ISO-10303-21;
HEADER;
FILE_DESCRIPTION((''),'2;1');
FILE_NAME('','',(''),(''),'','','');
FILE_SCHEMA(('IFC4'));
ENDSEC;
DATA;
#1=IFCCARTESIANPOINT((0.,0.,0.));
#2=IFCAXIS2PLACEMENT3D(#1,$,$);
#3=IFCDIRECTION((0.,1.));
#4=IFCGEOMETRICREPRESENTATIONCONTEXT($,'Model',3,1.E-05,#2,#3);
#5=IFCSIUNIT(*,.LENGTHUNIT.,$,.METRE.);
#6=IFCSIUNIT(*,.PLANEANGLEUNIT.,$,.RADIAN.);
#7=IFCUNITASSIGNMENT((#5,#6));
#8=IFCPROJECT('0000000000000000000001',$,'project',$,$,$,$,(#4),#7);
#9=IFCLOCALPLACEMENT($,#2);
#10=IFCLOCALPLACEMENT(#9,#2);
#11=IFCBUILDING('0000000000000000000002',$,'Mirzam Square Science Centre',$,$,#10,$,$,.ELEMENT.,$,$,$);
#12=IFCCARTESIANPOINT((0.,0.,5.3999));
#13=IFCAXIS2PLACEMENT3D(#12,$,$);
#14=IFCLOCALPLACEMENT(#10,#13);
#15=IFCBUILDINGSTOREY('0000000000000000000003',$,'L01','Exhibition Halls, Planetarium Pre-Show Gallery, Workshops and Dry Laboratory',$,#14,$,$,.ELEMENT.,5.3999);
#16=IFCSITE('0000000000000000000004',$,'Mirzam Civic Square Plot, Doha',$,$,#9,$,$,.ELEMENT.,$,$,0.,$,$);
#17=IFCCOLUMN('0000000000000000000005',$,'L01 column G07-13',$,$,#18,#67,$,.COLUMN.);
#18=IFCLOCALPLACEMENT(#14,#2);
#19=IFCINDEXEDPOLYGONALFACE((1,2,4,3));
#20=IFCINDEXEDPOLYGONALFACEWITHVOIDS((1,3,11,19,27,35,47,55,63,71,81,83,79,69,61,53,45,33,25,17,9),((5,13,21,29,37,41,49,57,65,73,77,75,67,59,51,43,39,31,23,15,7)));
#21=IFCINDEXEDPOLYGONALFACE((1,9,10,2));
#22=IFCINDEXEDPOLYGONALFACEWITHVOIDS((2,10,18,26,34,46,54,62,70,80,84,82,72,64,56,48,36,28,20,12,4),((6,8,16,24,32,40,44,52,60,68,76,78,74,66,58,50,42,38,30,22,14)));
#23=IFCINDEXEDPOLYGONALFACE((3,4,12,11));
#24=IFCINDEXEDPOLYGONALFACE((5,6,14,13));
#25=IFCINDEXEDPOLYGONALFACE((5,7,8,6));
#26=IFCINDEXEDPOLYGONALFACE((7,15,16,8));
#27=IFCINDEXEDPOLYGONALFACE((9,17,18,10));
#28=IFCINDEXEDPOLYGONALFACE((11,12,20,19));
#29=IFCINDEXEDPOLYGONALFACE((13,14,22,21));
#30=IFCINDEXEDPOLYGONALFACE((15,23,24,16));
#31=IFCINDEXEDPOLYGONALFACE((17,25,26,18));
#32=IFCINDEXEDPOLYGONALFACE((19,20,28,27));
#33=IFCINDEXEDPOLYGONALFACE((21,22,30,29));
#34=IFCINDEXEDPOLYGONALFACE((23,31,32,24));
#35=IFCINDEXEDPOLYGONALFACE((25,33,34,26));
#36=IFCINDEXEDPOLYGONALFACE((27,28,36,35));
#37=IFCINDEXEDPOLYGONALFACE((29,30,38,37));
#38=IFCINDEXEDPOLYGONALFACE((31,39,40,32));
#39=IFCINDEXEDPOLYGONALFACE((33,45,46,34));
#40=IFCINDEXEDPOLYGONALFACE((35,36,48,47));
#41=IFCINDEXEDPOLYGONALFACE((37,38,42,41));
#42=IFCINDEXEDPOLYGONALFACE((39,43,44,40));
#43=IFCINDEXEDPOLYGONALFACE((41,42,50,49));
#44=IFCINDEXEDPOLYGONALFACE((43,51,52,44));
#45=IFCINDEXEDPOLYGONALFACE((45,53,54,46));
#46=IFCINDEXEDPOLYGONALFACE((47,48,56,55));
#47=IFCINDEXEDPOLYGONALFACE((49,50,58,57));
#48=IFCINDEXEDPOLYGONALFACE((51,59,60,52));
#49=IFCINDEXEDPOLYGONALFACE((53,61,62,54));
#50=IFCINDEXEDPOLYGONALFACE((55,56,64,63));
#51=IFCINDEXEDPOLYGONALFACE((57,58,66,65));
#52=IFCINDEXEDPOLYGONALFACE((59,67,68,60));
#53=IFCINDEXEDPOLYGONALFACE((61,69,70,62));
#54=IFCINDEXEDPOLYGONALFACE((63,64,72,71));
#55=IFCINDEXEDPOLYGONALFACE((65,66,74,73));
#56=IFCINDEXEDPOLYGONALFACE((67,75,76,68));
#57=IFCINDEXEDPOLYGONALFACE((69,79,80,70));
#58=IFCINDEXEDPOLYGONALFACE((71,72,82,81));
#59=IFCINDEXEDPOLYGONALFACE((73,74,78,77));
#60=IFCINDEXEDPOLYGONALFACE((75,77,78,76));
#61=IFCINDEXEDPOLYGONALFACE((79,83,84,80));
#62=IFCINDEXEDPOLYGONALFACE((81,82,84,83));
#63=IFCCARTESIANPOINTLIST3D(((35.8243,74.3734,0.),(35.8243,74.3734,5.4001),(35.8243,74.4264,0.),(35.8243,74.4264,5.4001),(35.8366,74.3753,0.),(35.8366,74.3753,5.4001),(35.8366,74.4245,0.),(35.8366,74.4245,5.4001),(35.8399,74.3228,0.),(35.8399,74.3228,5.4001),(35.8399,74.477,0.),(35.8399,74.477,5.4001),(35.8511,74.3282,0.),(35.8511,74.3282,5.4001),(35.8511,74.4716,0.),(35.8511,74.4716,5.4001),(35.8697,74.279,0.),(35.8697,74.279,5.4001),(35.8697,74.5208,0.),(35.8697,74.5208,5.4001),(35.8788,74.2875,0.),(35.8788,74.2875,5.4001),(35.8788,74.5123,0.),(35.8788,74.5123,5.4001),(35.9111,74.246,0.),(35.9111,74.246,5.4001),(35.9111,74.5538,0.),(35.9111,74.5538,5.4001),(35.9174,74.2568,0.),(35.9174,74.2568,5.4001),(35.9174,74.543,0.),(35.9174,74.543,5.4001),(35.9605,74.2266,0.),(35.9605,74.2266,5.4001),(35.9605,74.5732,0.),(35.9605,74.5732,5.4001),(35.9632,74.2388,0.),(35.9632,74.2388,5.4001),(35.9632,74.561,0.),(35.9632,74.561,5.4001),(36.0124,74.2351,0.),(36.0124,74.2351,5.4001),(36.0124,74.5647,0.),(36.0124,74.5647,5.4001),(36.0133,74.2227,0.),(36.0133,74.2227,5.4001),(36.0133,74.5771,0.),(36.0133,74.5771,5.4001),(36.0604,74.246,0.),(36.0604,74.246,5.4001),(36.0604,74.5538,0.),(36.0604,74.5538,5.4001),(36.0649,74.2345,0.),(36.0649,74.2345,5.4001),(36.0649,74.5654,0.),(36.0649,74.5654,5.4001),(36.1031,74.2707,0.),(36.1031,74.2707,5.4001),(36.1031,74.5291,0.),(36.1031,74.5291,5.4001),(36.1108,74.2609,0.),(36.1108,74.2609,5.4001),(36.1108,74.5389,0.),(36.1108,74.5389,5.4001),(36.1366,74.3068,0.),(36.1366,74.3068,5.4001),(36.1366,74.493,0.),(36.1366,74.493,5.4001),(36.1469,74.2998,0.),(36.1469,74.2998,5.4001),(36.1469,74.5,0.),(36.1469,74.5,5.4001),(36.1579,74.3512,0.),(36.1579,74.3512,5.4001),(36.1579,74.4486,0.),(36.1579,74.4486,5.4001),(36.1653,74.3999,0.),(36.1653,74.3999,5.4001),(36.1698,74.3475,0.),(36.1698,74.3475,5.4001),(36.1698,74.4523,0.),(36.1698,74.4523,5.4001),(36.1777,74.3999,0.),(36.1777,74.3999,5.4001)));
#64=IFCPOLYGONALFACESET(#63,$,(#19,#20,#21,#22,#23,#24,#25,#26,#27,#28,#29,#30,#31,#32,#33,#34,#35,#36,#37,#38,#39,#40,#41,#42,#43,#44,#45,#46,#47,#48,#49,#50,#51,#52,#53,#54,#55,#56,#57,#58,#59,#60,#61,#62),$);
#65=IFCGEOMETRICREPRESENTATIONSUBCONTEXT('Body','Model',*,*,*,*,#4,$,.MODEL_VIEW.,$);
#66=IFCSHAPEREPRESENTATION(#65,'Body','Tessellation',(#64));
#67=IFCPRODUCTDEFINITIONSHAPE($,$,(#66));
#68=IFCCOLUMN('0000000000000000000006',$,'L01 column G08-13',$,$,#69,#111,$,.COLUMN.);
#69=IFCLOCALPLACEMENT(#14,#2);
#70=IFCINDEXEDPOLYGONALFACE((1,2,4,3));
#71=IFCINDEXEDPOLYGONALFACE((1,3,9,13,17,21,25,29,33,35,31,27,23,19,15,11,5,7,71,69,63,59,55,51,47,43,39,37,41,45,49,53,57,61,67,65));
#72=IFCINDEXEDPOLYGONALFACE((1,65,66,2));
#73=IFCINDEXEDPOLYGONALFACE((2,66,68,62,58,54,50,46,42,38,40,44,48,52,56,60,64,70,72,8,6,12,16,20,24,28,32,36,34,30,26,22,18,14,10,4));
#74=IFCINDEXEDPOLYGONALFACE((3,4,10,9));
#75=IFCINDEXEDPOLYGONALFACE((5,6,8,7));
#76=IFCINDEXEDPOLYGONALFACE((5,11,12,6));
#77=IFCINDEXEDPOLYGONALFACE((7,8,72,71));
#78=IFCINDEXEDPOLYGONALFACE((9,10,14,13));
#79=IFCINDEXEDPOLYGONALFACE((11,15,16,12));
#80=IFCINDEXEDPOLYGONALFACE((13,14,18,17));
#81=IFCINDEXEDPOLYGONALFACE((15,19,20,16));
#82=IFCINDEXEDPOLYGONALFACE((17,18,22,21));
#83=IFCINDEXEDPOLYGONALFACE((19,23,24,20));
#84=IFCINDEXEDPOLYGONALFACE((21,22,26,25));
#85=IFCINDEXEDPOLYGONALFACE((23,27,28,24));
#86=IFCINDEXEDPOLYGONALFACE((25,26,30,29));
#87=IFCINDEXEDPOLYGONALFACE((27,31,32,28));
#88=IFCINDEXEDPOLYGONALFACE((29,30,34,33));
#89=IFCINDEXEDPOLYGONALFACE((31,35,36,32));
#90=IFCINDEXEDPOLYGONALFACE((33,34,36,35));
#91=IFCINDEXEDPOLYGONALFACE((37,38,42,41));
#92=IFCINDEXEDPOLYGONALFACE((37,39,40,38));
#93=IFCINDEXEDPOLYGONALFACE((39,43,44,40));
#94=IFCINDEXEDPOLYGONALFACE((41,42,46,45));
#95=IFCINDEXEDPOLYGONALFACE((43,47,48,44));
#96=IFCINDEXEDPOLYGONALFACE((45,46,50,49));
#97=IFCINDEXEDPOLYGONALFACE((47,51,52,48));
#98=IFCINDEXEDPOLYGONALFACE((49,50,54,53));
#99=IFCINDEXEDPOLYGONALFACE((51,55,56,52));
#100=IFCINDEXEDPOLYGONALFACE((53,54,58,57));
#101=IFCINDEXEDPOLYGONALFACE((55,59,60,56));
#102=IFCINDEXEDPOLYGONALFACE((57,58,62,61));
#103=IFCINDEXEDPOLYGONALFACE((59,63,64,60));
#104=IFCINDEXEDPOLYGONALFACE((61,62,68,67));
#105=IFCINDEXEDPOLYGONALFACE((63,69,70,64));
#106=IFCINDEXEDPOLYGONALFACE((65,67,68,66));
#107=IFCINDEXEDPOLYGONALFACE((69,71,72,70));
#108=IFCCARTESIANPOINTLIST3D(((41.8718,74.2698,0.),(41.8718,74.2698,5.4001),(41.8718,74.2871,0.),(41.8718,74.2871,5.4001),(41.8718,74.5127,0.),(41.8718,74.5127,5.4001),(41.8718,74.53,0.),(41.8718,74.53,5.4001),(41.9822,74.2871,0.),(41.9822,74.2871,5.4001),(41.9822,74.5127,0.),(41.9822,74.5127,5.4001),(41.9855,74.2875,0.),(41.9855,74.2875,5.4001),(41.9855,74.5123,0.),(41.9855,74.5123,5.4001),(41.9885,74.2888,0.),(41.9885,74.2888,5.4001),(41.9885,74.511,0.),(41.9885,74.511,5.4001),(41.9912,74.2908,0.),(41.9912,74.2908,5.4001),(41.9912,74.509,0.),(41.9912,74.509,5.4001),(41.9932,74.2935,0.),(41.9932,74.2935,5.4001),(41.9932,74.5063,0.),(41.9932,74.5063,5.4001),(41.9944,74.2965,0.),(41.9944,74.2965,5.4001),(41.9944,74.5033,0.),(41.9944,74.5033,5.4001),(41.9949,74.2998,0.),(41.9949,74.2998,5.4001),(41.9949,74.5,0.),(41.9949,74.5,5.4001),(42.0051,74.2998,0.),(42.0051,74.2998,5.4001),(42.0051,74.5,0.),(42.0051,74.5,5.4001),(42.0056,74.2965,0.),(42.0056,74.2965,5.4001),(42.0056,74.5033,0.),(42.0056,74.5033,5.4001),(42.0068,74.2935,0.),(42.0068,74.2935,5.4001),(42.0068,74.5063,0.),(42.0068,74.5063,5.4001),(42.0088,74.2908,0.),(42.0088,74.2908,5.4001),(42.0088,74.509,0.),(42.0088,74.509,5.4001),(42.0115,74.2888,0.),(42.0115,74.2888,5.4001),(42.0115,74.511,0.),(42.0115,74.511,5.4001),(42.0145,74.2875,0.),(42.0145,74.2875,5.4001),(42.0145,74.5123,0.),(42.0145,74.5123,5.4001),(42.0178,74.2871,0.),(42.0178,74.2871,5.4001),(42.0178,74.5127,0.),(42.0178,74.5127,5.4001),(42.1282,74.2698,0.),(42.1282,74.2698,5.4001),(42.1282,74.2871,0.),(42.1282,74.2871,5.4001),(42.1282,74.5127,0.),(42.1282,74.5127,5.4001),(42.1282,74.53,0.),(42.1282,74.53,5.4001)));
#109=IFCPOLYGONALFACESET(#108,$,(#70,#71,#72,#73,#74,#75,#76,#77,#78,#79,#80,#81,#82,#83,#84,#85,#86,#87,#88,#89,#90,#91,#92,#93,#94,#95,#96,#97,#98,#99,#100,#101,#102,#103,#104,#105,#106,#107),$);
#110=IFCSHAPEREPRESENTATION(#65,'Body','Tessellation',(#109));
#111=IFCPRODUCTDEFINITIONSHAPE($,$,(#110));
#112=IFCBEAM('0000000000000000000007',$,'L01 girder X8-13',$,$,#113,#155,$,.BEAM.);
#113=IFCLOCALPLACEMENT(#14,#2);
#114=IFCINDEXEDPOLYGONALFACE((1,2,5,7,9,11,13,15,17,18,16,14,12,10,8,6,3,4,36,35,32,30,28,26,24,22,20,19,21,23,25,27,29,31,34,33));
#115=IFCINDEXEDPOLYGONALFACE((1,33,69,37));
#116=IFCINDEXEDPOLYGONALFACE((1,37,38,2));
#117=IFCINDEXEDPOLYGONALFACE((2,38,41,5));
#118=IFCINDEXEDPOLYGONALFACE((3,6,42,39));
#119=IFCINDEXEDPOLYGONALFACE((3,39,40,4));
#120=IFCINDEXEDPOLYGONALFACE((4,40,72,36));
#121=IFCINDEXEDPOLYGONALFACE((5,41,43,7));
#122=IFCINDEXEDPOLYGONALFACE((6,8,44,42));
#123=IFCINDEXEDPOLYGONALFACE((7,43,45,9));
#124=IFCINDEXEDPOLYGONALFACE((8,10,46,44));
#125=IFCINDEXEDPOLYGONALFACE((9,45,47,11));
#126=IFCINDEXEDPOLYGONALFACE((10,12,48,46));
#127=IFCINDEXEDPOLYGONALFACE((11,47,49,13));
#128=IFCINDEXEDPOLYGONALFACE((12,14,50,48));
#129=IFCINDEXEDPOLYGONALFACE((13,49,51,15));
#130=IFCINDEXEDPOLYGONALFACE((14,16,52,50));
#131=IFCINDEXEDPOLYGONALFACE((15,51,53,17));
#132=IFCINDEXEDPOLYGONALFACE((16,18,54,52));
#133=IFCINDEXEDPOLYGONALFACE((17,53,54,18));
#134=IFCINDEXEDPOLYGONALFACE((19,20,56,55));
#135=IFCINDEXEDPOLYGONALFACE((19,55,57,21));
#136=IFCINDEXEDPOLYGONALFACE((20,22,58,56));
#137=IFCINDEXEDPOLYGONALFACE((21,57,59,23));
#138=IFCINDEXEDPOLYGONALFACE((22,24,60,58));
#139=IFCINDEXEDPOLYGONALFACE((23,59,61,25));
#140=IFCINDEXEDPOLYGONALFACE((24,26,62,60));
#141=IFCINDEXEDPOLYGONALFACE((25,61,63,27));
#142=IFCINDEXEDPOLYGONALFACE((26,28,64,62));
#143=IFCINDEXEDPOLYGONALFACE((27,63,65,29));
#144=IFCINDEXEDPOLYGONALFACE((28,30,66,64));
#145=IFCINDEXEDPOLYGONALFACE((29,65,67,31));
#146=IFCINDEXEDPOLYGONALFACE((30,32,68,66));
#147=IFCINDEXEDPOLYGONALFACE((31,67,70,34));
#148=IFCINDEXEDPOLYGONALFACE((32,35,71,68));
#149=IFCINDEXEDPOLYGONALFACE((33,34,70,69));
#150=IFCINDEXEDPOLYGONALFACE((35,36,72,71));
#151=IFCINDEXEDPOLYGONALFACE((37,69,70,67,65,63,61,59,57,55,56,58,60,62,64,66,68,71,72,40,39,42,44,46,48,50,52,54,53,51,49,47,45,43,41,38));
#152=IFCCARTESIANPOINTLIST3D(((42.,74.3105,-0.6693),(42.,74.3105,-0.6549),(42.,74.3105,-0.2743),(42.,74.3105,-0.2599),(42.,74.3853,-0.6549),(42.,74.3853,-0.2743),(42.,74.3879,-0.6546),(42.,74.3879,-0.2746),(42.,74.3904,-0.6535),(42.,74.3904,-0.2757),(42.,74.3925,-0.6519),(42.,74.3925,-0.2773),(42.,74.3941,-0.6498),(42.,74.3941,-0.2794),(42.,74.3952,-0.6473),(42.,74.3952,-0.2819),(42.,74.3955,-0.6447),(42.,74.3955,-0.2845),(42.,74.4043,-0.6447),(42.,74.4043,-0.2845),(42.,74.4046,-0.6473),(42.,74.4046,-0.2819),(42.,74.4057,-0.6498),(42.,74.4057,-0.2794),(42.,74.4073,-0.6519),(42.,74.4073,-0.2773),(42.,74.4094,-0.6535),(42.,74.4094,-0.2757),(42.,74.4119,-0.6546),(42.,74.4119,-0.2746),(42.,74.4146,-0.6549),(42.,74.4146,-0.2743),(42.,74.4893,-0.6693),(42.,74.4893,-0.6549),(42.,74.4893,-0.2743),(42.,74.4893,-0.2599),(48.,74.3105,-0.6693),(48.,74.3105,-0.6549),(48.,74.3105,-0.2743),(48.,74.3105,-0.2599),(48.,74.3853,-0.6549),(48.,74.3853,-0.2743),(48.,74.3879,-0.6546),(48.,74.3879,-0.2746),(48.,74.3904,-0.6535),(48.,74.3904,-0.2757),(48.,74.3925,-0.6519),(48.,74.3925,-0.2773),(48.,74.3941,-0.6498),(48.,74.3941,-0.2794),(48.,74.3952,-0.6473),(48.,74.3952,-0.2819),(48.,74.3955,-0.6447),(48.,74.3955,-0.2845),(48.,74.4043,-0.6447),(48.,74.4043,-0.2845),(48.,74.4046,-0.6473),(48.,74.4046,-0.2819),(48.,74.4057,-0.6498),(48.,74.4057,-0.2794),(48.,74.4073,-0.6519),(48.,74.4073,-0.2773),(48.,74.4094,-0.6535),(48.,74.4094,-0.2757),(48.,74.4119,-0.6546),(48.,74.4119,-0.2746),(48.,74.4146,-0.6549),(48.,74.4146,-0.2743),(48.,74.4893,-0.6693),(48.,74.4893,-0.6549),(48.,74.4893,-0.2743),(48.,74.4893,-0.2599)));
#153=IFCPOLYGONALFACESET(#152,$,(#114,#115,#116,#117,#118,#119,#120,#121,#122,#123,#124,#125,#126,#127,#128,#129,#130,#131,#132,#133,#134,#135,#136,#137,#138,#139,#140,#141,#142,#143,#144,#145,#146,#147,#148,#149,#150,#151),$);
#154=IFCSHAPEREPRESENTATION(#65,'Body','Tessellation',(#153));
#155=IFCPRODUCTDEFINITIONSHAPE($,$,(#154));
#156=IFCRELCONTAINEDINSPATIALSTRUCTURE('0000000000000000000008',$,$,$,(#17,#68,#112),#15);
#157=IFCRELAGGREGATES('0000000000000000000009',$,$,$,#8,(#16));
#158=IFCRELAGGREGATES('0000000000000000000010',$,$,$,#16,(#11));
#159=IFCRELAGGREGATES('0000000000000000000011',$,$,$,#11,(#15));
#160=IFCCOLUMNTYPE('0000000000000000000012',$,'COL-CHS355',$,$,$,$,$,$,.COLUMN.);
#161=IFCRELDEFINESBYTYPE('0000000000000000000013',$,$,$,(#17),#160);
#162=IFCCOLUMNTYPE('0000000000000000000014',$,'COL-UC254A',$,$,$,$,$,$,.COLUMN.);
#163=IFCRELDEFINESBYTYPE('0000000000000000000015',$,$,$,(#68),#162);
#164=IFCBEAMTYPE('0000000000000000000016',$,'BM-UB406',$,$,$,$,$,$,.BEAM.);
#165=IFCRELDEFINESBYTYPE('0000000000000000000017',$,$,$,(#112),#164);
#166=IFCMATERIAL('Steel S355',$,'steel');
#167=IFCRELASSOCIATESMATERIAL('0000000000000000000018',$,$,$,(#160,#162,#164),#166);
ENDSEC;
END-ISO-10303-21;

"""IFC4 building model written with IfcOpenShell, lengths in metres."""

from ifc_helpers import new_model, si_unit, direction, frame, origin, origin_2d, place, context, subcontext, project, spatial, hollow_circle, i_section, extrude, material, material_profile, profile_set, type_object, element, save


model = new_model("IFC4")

# Units and contexts
model_context = context("Model", 3, precision=1e-05, world=origin(), true_north=direction((0.0, 1.0)))
body_context = subcontext(model_context, "Body", "Model", "MODEL_VIEW")
ifc_project = project(units=[si_unit("LENGTHUNIT", "METRE"), si_unit("PLANEANGLEUNIT", "RADIAN")], contexts=[model_context])

# Site, building, storey
site_placement = place(None, origin())
site = spatial("IfcSite", under=ifc_project, at=site_placement, Name="Mirzam Civic Square Plot, Doha", CompositionType="ELEMENT", RefElevation=0.0)
building_placement = place(site_placement, origin())
building = spatial("IfcBuilding", under=site, at=building_placement, Name="Mirzam Square Science Centre", CompositionType="ELEMENT")
storey_placement = place(building_placement, frame((0.0, 0.0, 5.3999)))
storey = spatial("IfcBuildingStorey", under=building, at=storey_placement, Name="L01", Description="Exhibition Halls, Planetarium Pre-Show Gallery, Workshops and Dry Laboratory", CompositionType="ELEMENT", Elevation=5.3999)

# Columns
ifc_material_1 = material(Name="Steel S355", Category="steel")
ifc_material_profile_1 = material_profile(ifc_material_1, hollow_circle(Radius=0.1777, WallThickness=0.0125, at=origin_2d()), Name="355.6x12.5CHS")
ifc_profile_set_1 = profile_set([ifc_material_profile_1], Name="Steel S355")
column_type_1 = type_object("IfcColumnType", Name="COL-CHS355", PredefinedType="COLUMN", material=ifc_profile_set_1)
column_1_placement = place(storey_placement, frame((36.0, 74.3999, 0.0), z_axis=(0.0, 0.0, 1.0), x_axis=(1.0, 0.0, 0.0)))
element("IfcColumn", 1, at=column_1_placement, inside=storey, type_object=column_type_1, Name="L01 column G07-13", PredefinedType="COLUMN", context=body_context, shape_type="SweptSolid", body=[
    extrude(hollow_circle(Radius=0.1777, WallThickness=0.0125, at=origin_2d()), origin(), (0.0, 0.0, 1.0), 5.4001),
])
ifc_material_profile_2 = material_profile(ifc_material_1, i_section(OverallWidth=0.2563, OverallDepth=0.2603, WebThickness=0.0103, FlangeThickness=0.0173, FilletRadius=0.0127, at=origin_2d()), Name="254x254x89UC")
ifc_profile_set_2 = profile_set([ifc_material_profile_2], Name="Steel S355")
column_type_2 = type_object("IfcColumnType", Name="COL-UC254A", PredefinedType="COLUMN", material=ifc_profile_set_2)
column_2_placement = place(storey_placement, frame((42.0, 74.3999, 0.0), z_axis=(0.0, 0.0, 1.0), x_axis=(1.0, 0.0, 0.0)))
element("IfcColumn", 2, at=column_2_placement, inside=storey, type_object=column_type_2, Name="L01 column G08-13", PredefinedType="COLUMN", context=body_context, shape_type="SweptSolid", body=[
    extrude(i_section(OverallWidth=0.2563, OverallDepth=0.2603, WebThickness=0.0103, FlangeThickness=0.0173, FilletRadius=0.0127, at=origin_2d()), origin(), (0.0, 0.0, 1.0), 5.4001),
])

# Beam
ifc_material_profile_3 = material_profile(ifc_material_1, i_section(OverallWidth=0.1787, OverallDepth=0.4094, WebThickness=0.0088, FlangeThickness=0.0144, FilletRadius=0.0103, at=origin_2d()), Name="406x178x67UB")
ifc_profile_set_3 = profile_set([ifc_material_profile_3], Name="Steel S355")
beam_type_1 = type_object("IfcBeamType", Name="BM-UB406", PredefinedType="BEAM", material=ifc_profile_set_3)
beam_1_placement = place(storey_placement, frame((42.0, 74.3999, -0.4646), z_axis=(1.0, 0.0, 0.0), x_axis=(0.0, 1.0, 0.0)))
element("IfcBeam", 3, at=beam_1_placement, inside=storey, type_object=beam_type_1, Name="L01 girder X8-13", PredefinedType="BEAM", context=body_context, shape_type="SweptSolid", body=[
    extrude(i_section(OverallWidth=0.1787, OverallDepth=0.4094, WebThickness=0.0088, FlangeThickness=0.0144, FilletRadius=0.0103, at=origin_2d()), origin(), (0.0, 0.0, 1.0), 6.0),
])

save(model, "model.ifc")
